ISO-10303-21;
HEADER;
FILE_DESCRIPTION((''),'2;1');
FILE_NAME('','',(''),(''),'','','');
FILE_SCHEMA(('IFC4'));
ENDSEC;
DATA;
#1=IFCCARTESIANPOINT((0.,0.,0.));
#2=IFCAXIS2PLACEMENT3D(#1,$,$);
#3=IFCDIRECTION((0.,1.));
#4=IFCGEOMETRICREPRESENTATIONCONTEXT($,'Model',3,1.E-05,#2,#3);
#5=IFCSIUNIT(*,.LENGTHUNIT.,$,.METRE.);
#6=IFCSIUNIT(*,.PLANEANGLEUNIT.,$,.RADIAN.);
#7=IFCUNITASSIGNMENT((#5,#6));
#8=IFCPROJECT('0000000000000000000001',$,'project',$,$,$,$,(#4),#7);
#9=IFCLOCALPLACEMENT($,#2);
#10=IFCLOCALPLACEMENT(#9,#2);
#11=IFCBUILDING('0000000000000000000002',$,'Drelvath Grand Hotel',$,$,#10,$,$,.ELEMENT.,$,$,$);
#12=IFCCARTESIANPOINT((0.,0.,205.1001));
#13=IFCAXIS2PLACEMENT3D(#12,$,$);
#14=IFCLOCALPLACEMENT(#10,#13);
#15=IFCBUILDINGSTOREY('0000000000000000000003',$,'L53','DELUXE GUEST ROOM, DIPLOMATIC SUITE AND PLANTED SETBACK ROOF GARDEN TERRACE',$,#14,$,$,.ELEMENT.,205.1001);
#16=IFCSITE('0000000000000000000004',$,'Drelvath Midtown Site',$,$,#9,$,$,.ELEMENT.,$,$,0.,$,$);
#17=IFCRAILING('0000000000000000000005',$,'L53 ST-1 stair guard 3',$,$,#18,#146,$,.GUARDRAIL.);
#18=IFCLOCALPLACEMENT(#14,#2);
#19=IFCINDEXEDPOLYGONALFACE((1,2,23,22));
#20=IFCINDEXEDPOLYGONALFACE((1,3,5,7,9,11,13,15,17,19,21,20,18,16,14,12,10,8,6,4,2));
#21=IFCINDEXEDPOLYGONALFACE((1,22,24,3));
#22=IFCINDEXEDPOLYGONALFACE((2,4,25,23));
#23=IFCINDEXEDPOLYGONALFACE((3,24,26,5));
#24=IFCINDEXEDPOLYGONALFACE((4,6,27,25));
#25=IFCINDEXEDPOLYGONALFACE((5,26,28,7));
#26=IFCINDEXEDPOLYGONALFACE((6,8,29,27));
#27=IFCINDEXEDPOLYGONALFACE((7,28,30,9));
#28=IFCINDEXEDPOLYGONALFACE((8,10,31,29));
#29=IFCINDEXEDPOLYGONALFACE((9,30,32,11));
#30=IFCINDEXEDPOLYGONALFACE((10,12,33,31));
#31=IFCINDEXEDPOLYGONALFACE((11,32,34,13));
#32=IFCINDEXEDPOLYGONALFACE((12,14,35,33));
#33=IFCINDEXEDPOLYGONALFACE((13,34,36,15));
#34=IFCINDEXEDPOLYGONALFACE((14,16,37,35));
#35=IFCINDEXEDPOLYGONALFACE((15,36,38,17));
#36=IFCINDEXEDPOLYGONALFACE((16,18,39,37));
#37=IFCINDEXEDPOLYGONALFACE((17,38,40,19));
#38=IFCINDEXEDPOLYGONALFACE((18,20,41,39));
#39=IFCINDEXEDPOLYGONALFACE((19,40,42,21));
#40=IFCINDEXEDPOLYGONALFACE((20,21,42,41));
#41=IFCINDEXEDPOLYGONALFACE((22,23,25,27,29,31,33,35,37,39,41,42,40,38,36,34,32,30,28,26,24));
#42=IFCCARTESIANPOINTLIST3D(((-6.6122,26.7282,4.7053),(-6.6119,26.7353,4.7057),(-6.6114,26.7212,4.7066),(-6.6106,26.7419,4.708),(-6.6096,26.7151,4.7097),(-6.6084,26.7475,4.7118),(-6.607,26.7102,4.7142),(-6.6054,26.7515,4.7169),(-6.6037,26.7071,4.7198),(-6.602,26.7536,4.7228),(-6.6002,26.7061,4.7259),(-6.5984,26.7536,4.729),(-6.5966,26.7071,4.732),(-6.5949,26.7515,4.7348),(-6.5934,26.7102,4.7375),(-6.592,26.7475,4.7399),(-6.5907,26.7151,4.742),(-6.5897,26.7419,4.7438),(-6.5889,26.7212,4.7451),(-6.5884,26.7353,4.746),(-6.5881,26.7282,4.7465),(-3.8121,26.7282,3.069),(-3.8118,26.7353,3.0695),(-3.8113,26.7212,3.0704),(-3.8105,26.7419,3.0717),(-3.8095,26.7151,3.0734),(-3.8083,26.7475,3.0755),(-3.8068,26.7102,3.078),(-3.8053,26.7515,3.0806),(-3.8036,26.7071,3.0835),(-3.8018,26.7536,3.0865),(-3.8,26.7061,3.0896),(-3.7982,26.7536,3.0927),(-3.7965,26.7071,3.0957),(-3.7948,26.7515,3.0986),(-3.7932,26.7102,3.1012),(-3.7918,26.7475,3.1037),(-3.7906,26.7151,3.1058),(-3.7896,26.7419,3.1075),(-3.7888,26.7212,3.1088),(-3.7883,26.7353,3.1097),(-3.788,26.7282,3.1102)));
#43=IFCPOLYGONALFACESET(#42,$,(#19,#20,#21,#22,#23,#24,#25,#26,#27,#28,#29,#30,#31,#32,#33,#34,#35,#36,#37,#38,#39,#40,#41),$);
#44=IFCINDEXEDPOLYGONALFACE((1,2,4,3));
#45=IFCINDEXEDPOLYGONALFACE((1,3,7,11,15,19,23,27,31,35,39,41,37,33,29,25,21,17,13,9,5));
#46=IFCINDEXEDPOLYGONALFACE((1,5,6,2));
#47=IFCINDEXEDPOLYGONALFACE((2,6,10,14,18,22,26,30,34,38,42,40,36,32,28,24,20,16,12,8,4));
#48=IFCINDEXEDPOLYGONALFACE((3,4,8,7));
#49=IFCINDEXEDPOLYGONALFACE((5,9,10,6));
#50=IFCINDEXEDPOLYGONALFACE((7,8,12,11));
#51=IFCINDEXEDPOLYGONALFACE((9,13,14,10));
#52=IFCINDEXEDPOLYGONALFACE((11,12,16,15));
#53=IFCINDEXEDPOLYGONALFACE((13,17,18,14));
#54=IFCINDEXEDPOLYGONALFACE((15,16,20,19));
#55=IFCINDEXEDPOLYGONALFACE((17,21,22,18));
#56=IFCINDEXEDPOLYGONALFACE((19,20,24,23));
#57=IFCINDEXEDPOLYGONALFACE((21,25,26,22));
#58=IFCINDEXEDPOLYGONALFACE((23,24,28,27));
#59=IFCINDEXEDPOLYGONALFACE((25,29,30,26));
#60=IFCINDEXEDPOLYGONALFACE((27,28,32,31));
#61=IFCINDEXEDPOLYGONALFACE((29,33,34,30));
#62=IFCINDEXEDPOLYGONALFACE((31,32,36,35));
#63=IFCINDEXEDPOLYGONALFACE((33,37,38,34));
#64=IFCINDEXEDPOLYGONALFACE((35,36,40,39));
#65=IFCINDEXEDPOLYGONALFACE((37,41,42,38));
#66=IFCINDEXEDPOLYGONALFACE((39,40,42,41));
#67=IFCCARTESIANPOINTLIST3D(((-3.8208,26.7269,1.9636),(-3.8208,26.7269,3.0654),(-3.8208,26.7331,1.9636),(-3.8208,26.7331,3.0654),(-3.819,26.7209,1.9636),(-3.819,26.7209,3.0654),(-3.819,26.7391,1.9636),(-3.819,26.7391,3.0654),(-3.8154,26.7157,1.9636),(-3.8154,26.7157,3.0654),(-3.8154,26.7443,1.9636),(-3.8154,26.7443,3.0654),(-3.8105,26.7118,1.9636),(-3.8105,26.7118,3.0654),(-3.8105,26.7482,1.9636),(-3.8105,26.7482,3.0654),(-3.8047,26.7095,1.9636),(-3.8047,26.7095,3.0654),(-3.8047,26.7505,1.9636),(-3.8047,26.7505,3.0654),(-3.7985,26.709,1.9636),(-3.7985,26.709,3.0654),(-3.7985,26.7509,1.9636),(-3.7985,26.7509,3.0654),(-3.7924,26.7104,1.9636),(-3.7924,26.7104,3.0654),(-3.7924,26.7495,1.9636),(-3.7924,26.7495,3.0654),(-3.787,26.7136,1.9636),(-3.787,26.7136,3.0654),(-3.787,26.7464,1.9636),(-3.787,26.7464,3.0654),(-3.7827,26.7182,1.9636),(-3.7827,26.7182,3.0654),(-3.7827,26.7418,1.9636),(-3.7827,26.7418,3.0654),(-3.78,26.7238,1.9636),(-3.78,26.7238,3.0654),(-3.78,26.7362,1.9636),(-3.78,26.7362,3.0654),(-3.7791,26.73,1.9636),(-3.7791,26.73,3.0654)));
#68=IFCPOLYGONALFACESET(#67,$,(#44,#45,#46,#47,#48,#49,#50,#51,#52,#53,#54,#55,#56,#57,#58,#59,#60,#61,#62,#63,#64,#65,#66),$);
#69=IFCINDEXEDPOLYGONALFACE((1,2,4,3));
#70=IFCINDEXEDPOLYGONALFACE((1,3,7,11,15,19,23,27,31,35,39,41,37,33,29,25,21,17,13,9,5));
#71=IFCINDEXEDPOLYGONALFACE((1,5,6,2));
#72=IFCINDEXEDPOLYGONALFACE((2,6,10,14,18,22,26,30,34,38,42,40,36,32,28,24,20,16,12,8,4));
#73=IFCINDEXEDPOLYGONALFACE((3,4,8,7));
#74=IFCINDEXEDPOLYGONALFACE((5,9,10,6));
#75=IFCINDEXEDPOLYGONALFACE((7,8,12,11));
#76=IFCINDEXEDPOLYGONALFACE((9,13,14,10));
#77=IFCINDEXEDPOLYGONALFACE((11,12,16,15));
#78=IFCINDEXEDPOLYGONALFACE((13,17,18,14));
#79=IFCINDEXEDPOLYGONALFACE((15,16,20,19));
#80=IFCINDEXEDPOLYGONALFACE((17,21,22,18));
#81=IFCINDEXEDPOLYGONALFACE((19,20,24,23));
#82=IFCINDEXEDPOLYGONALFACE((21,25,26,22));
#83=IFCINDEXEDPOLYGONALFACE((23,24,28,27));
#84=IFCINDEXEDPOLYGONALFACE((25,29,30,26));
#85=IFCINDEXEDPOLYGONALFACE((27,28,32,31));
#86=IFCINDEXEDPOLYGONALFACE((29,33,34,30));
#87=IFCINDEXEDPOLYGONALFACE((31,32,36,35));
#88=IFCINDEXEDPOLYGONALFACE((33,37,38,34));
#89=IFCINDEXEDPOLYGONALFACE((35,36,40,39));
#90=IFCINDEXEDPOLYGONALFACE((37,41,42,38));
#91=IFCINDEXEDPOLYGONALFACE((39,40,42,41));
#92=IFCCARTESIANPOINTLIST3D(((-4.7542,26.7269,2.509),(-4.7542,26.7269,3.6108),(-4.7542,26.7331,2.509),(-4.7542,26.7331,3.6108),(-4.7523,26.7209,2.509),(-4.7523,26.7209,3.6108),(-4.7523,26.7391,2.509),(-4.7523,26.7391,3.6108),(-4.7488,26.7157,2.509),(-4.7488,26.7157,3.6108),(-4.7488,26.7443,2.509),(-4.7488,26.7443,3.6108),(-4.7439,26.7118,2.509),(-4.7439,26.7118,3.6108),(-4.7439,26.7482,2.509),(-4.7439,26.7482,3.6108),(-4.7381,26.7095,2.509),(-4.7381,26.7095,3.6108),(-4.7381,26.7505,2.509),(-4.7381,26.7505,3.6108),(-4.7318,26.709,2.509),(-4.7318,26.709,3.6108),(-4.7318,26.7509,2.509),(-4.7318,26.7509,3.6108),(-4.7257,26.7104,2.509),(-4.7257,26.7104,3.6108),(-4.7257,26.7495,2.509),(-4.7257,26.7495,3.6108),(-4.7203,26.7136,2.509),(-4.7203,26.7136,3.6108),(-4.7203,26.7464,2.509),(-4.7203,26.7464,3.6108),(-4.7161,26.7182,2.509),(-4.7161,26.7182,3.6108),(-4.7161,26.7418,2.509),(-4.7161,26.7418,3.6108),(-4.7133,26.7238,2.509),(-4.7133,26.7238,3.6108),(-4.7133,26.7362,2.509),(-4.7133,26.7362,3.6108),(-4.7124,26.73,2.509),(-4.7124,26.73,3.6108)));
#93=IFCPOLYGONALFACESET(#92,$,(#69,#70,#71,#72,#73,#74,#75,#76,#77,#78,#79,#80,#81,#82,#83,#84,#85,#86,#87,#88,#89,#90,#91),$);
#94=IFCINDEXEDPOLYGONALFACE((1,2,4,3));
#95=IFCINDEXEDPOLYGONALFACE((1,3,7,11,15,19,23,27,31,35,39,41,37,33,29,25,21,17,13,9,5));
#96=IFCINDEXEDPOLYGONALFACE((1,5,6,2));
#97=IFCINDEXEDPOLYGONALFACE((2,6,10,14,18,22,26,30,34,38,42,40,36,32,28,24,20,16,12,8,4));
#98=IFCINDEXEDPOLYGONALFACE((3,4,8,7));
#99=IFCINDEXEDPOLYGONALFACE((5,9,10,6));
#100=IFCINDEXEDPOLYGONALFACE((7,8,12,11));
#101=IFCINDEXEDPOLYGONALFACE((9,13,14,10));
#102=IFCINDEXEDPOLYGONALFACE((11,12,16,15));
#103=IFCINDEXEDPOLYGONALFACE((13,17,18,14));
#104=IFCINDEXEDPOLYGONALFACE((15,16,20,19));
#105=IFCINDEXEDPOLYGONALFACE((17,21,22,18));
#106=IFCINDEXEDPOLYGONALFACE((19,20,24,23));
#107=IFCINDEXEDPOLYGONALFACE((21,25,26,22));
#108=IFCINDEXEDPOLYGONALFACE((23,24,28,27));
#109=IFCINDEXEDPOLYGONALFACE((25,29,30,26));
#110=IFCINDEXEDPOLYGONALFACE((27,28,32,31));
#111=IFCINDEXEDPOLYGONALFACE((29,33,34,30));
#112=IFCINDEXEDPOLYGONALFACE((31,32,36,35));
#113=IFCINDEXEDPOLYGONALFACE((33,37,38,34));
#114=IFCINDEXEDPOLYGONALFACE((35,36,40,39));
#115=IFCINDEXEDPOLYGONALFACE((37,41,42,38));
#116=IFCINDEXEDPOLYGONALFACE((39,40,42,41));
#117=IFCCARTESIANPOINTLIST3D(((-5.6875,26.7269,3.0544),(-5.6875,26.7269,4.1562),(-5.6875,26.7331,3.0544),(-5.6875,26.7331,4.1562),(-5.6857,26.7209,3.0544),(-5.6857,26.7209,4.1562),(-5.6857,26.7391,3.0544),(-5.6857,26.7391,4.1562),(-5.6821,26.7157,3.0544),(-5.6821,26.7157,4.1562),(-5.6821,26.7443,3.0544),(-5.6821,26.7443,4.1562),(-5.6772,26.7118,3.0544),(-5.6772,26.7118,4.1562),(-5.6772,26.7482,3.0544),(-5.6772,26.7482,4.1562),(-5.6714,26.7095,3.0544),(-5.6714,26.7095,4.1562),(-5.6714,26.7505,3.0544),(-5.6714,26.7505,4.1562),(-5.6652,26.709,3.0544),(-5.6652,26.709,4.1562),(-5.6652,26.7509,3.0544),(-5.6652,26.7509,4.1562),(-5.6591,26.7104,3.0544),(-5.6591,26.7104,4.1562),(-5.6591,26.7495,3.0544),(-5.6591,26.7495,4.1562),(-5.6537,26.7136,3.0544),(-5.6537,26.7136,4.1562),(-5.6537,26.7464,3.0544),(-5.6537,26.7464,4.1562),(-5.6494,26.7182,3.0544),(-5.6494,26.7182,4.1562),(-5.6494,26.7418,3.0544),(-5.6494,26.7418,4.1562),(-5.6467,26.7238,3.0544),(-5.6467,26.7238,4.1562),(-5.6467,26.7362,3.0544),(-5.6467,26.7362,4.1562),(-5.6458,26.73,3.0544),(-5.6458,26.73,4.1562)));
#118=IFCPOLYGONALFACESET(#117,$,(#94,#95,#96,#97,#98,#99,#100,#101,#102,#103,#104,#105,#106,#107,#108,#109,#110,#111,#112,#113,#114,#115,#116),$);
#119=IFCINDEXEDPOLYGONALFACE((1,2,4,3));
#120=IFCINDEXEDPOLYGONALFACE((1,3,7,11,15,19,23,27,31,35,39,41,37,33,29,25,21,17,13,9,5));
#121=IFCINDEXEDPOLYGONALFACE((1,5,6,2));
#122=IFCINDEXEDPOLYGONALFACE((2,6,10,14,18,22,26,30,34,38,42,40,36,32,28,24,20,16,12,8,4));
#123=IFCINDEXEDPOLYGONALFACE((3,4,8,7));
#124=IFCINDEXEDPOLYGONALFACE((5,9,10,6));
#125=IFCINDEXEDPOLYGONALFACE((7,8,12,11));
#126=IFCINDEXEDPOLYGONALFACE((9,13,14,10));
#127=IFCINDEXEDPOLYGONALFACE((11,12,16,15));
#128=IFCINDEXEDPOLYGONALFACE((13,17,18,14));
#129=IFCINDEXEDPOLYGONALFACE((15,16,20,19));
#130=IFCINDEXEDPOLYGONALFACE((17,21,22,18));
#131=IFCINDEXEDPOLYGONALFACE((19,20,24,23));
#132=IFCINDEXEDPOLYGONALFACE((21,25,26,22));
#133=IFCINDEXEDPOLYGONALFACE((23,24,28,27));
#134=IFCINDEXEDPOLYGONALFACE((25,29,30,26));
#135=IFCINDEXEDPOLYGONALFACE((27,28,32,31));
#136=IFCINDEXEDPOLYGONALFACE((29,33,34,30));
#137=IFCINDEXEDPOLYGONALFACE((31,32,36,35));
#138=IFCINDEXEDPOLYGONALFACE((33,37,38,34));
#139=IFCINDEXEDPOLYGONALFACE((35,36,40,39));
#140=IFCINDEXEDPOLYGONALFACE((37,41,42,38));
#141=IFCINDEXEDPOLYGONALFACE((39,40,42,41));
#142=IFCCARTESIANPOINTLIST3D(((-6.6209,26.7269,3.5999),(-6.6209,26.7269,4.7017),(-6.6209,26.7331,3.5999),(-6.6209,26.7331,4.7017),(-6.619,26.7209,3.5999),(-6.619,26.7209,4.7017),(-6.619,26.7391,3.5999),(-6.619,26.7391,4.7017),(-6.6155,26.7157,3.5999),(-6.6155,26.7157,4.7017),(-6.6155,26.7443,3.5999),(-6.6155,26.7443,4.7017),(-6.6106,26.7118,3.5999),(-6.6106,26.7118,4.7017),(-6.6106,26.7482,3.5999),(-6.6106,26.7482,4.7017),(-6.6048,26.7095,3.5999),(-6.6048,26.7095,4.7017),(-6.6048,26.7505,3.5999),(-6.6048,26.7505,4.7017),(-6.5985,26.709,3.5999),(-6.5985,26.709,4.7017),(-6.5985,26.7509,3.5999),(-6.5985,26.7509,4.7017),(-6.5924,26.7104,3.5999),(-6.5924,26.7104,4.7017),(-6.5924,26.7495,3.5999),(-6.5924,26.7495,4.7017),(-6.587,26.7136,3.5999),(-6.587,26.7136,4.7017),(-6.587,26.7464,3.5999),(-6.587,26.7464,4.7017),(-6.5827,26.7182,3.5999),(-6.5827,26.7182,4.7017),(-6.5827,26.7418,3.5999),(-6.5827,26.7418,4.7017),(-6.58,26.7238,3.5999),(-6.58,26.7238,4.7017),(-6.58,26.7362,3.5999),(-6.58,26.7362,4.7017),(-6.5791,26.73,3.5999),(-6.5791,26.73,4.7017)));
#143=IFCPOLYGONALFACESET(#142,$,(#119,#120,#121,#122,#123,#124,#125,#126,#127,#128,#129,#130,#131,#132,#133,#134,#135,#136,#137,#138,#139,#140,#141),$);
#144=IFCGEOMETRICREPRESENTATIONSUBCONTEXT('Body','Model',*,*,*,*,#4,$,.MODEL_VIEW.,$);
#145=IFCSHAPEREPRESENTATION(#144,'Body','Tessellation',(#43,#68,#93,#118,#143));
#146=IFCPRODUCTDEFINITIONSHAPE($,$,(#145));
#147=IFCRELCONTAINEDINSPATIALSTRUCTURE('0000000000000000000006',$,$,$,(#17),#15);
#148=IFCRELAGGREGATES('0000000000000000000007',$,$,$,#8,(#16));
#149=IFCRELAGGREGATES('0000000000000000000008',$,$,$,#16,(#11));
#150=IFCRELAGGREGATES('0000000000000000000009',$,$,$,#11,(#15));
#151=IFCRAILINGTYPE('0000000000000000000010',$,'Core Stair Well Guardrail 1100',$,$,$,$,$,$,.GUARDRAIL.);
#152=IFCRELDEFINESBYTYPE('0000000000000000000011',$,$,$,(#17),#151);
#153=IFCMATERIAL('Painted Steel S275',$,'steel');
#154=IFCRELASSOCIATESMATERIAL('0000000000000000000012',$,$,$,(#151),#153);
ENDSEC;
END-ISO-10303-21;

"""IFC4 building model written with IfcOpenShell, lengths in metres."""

from ifc_helpers import new_model, si_unit, direction, frame, origin, origin_2d, place, context, subcontext, project, spatial, circle, extrude, material, type_object, element, save


model = new_model("IFC4")

# Units and contexts
model_context = context("Model", 3, precision=1e-05, world=origin(), true_north=direction((0.0, 1.0)))
body_context = subcontext(model_context, "Body", "Model", "MODEL_VIEW")
ifc_project = project(units=[si_unit("LENGTHUNIT", "METRE"), si_unit("PLANEANGLEUNIT", "RADIAN")], contexts=[model_context])

# Site, building, storey
site_placement = place(None, origin())
site = spatial("IfcSite", under=ifc_project, at=site_placement, Name="Drelvath Midtown Site", CompositionType="ELEMENT", RefElevation=0.0)
building_placement = place(site_placement, origin())
building = spatial("IfcBuilding", under=site, at=building_placement, Name="Drelvath Grand Hotel", CompositionType="ELEMENT")
storey_placement = place(building_placement, frame((0.0, 0.0, 205.1001)))
storey = spatial("IfcBuildingStorey", under=building, at=storey_placement, Name="L53", Description="DELUXE GUEST ROOM, DIPLOMATIC SUITE AND PLANTED SETBACK ROOF GARDEN TERRACE", CompositionType="ELEMENT", Elevation=205.1001)

# Shared definitions
ifc_material_1 = material(Name="Painted Steel S275", Category="steel")

# Railing
railing_type_1 = type_object("IfcRailingType", Name="Core Stair Well Guardrail 1100", PredefinedType="GUARDRAIL", material=ifc_material_1)
railing_1_placement = place(storey_placement, frame((-3.8, 26.73, 1.9636)))
element("IfcRailing", 1, at=railing_1_placement, inside=storey, type_object=railing_type_1, Name="L53 ST-1 stair guard 3", PredefinedType="GUARDRAIL", context=body_context, shape_type="SweptSolid", body=[
    extrude(circle(Radius=0.0239, at=origin_2d()), frame((0.0, 0.0, 1.126), z_axis=(-0.863394, 0.0, 0.504531), x_axis=(0.0, -1.0, 0.0)), (0.0, 0.0, 1.0), 3.2432),
    extrude(circle(Radius=0.021, at=origin_2d()), origin(), (0.0, 0.0, 1.0), 1.1018),
    extrude(circle(Radius=0.021, at=origin_2d()), frame((-0.9333, 0.0, 0.5454)), (0.0, 0.0, 1.0), 1.1018),
    extrude(circle(Radius=0.021, at=origin_2d()), frame((-1.8667, 0.0, 1.0908)), (0.0, 0.0, 1.0), 1.1018),
    extrude(circle(Radius=0.021, at=origin_2d()), frame((-2.8, 0.0, 1.6362)), (0.0, 0.0, 1.0), 1.1018),
])

save(model, "model.ifc")
